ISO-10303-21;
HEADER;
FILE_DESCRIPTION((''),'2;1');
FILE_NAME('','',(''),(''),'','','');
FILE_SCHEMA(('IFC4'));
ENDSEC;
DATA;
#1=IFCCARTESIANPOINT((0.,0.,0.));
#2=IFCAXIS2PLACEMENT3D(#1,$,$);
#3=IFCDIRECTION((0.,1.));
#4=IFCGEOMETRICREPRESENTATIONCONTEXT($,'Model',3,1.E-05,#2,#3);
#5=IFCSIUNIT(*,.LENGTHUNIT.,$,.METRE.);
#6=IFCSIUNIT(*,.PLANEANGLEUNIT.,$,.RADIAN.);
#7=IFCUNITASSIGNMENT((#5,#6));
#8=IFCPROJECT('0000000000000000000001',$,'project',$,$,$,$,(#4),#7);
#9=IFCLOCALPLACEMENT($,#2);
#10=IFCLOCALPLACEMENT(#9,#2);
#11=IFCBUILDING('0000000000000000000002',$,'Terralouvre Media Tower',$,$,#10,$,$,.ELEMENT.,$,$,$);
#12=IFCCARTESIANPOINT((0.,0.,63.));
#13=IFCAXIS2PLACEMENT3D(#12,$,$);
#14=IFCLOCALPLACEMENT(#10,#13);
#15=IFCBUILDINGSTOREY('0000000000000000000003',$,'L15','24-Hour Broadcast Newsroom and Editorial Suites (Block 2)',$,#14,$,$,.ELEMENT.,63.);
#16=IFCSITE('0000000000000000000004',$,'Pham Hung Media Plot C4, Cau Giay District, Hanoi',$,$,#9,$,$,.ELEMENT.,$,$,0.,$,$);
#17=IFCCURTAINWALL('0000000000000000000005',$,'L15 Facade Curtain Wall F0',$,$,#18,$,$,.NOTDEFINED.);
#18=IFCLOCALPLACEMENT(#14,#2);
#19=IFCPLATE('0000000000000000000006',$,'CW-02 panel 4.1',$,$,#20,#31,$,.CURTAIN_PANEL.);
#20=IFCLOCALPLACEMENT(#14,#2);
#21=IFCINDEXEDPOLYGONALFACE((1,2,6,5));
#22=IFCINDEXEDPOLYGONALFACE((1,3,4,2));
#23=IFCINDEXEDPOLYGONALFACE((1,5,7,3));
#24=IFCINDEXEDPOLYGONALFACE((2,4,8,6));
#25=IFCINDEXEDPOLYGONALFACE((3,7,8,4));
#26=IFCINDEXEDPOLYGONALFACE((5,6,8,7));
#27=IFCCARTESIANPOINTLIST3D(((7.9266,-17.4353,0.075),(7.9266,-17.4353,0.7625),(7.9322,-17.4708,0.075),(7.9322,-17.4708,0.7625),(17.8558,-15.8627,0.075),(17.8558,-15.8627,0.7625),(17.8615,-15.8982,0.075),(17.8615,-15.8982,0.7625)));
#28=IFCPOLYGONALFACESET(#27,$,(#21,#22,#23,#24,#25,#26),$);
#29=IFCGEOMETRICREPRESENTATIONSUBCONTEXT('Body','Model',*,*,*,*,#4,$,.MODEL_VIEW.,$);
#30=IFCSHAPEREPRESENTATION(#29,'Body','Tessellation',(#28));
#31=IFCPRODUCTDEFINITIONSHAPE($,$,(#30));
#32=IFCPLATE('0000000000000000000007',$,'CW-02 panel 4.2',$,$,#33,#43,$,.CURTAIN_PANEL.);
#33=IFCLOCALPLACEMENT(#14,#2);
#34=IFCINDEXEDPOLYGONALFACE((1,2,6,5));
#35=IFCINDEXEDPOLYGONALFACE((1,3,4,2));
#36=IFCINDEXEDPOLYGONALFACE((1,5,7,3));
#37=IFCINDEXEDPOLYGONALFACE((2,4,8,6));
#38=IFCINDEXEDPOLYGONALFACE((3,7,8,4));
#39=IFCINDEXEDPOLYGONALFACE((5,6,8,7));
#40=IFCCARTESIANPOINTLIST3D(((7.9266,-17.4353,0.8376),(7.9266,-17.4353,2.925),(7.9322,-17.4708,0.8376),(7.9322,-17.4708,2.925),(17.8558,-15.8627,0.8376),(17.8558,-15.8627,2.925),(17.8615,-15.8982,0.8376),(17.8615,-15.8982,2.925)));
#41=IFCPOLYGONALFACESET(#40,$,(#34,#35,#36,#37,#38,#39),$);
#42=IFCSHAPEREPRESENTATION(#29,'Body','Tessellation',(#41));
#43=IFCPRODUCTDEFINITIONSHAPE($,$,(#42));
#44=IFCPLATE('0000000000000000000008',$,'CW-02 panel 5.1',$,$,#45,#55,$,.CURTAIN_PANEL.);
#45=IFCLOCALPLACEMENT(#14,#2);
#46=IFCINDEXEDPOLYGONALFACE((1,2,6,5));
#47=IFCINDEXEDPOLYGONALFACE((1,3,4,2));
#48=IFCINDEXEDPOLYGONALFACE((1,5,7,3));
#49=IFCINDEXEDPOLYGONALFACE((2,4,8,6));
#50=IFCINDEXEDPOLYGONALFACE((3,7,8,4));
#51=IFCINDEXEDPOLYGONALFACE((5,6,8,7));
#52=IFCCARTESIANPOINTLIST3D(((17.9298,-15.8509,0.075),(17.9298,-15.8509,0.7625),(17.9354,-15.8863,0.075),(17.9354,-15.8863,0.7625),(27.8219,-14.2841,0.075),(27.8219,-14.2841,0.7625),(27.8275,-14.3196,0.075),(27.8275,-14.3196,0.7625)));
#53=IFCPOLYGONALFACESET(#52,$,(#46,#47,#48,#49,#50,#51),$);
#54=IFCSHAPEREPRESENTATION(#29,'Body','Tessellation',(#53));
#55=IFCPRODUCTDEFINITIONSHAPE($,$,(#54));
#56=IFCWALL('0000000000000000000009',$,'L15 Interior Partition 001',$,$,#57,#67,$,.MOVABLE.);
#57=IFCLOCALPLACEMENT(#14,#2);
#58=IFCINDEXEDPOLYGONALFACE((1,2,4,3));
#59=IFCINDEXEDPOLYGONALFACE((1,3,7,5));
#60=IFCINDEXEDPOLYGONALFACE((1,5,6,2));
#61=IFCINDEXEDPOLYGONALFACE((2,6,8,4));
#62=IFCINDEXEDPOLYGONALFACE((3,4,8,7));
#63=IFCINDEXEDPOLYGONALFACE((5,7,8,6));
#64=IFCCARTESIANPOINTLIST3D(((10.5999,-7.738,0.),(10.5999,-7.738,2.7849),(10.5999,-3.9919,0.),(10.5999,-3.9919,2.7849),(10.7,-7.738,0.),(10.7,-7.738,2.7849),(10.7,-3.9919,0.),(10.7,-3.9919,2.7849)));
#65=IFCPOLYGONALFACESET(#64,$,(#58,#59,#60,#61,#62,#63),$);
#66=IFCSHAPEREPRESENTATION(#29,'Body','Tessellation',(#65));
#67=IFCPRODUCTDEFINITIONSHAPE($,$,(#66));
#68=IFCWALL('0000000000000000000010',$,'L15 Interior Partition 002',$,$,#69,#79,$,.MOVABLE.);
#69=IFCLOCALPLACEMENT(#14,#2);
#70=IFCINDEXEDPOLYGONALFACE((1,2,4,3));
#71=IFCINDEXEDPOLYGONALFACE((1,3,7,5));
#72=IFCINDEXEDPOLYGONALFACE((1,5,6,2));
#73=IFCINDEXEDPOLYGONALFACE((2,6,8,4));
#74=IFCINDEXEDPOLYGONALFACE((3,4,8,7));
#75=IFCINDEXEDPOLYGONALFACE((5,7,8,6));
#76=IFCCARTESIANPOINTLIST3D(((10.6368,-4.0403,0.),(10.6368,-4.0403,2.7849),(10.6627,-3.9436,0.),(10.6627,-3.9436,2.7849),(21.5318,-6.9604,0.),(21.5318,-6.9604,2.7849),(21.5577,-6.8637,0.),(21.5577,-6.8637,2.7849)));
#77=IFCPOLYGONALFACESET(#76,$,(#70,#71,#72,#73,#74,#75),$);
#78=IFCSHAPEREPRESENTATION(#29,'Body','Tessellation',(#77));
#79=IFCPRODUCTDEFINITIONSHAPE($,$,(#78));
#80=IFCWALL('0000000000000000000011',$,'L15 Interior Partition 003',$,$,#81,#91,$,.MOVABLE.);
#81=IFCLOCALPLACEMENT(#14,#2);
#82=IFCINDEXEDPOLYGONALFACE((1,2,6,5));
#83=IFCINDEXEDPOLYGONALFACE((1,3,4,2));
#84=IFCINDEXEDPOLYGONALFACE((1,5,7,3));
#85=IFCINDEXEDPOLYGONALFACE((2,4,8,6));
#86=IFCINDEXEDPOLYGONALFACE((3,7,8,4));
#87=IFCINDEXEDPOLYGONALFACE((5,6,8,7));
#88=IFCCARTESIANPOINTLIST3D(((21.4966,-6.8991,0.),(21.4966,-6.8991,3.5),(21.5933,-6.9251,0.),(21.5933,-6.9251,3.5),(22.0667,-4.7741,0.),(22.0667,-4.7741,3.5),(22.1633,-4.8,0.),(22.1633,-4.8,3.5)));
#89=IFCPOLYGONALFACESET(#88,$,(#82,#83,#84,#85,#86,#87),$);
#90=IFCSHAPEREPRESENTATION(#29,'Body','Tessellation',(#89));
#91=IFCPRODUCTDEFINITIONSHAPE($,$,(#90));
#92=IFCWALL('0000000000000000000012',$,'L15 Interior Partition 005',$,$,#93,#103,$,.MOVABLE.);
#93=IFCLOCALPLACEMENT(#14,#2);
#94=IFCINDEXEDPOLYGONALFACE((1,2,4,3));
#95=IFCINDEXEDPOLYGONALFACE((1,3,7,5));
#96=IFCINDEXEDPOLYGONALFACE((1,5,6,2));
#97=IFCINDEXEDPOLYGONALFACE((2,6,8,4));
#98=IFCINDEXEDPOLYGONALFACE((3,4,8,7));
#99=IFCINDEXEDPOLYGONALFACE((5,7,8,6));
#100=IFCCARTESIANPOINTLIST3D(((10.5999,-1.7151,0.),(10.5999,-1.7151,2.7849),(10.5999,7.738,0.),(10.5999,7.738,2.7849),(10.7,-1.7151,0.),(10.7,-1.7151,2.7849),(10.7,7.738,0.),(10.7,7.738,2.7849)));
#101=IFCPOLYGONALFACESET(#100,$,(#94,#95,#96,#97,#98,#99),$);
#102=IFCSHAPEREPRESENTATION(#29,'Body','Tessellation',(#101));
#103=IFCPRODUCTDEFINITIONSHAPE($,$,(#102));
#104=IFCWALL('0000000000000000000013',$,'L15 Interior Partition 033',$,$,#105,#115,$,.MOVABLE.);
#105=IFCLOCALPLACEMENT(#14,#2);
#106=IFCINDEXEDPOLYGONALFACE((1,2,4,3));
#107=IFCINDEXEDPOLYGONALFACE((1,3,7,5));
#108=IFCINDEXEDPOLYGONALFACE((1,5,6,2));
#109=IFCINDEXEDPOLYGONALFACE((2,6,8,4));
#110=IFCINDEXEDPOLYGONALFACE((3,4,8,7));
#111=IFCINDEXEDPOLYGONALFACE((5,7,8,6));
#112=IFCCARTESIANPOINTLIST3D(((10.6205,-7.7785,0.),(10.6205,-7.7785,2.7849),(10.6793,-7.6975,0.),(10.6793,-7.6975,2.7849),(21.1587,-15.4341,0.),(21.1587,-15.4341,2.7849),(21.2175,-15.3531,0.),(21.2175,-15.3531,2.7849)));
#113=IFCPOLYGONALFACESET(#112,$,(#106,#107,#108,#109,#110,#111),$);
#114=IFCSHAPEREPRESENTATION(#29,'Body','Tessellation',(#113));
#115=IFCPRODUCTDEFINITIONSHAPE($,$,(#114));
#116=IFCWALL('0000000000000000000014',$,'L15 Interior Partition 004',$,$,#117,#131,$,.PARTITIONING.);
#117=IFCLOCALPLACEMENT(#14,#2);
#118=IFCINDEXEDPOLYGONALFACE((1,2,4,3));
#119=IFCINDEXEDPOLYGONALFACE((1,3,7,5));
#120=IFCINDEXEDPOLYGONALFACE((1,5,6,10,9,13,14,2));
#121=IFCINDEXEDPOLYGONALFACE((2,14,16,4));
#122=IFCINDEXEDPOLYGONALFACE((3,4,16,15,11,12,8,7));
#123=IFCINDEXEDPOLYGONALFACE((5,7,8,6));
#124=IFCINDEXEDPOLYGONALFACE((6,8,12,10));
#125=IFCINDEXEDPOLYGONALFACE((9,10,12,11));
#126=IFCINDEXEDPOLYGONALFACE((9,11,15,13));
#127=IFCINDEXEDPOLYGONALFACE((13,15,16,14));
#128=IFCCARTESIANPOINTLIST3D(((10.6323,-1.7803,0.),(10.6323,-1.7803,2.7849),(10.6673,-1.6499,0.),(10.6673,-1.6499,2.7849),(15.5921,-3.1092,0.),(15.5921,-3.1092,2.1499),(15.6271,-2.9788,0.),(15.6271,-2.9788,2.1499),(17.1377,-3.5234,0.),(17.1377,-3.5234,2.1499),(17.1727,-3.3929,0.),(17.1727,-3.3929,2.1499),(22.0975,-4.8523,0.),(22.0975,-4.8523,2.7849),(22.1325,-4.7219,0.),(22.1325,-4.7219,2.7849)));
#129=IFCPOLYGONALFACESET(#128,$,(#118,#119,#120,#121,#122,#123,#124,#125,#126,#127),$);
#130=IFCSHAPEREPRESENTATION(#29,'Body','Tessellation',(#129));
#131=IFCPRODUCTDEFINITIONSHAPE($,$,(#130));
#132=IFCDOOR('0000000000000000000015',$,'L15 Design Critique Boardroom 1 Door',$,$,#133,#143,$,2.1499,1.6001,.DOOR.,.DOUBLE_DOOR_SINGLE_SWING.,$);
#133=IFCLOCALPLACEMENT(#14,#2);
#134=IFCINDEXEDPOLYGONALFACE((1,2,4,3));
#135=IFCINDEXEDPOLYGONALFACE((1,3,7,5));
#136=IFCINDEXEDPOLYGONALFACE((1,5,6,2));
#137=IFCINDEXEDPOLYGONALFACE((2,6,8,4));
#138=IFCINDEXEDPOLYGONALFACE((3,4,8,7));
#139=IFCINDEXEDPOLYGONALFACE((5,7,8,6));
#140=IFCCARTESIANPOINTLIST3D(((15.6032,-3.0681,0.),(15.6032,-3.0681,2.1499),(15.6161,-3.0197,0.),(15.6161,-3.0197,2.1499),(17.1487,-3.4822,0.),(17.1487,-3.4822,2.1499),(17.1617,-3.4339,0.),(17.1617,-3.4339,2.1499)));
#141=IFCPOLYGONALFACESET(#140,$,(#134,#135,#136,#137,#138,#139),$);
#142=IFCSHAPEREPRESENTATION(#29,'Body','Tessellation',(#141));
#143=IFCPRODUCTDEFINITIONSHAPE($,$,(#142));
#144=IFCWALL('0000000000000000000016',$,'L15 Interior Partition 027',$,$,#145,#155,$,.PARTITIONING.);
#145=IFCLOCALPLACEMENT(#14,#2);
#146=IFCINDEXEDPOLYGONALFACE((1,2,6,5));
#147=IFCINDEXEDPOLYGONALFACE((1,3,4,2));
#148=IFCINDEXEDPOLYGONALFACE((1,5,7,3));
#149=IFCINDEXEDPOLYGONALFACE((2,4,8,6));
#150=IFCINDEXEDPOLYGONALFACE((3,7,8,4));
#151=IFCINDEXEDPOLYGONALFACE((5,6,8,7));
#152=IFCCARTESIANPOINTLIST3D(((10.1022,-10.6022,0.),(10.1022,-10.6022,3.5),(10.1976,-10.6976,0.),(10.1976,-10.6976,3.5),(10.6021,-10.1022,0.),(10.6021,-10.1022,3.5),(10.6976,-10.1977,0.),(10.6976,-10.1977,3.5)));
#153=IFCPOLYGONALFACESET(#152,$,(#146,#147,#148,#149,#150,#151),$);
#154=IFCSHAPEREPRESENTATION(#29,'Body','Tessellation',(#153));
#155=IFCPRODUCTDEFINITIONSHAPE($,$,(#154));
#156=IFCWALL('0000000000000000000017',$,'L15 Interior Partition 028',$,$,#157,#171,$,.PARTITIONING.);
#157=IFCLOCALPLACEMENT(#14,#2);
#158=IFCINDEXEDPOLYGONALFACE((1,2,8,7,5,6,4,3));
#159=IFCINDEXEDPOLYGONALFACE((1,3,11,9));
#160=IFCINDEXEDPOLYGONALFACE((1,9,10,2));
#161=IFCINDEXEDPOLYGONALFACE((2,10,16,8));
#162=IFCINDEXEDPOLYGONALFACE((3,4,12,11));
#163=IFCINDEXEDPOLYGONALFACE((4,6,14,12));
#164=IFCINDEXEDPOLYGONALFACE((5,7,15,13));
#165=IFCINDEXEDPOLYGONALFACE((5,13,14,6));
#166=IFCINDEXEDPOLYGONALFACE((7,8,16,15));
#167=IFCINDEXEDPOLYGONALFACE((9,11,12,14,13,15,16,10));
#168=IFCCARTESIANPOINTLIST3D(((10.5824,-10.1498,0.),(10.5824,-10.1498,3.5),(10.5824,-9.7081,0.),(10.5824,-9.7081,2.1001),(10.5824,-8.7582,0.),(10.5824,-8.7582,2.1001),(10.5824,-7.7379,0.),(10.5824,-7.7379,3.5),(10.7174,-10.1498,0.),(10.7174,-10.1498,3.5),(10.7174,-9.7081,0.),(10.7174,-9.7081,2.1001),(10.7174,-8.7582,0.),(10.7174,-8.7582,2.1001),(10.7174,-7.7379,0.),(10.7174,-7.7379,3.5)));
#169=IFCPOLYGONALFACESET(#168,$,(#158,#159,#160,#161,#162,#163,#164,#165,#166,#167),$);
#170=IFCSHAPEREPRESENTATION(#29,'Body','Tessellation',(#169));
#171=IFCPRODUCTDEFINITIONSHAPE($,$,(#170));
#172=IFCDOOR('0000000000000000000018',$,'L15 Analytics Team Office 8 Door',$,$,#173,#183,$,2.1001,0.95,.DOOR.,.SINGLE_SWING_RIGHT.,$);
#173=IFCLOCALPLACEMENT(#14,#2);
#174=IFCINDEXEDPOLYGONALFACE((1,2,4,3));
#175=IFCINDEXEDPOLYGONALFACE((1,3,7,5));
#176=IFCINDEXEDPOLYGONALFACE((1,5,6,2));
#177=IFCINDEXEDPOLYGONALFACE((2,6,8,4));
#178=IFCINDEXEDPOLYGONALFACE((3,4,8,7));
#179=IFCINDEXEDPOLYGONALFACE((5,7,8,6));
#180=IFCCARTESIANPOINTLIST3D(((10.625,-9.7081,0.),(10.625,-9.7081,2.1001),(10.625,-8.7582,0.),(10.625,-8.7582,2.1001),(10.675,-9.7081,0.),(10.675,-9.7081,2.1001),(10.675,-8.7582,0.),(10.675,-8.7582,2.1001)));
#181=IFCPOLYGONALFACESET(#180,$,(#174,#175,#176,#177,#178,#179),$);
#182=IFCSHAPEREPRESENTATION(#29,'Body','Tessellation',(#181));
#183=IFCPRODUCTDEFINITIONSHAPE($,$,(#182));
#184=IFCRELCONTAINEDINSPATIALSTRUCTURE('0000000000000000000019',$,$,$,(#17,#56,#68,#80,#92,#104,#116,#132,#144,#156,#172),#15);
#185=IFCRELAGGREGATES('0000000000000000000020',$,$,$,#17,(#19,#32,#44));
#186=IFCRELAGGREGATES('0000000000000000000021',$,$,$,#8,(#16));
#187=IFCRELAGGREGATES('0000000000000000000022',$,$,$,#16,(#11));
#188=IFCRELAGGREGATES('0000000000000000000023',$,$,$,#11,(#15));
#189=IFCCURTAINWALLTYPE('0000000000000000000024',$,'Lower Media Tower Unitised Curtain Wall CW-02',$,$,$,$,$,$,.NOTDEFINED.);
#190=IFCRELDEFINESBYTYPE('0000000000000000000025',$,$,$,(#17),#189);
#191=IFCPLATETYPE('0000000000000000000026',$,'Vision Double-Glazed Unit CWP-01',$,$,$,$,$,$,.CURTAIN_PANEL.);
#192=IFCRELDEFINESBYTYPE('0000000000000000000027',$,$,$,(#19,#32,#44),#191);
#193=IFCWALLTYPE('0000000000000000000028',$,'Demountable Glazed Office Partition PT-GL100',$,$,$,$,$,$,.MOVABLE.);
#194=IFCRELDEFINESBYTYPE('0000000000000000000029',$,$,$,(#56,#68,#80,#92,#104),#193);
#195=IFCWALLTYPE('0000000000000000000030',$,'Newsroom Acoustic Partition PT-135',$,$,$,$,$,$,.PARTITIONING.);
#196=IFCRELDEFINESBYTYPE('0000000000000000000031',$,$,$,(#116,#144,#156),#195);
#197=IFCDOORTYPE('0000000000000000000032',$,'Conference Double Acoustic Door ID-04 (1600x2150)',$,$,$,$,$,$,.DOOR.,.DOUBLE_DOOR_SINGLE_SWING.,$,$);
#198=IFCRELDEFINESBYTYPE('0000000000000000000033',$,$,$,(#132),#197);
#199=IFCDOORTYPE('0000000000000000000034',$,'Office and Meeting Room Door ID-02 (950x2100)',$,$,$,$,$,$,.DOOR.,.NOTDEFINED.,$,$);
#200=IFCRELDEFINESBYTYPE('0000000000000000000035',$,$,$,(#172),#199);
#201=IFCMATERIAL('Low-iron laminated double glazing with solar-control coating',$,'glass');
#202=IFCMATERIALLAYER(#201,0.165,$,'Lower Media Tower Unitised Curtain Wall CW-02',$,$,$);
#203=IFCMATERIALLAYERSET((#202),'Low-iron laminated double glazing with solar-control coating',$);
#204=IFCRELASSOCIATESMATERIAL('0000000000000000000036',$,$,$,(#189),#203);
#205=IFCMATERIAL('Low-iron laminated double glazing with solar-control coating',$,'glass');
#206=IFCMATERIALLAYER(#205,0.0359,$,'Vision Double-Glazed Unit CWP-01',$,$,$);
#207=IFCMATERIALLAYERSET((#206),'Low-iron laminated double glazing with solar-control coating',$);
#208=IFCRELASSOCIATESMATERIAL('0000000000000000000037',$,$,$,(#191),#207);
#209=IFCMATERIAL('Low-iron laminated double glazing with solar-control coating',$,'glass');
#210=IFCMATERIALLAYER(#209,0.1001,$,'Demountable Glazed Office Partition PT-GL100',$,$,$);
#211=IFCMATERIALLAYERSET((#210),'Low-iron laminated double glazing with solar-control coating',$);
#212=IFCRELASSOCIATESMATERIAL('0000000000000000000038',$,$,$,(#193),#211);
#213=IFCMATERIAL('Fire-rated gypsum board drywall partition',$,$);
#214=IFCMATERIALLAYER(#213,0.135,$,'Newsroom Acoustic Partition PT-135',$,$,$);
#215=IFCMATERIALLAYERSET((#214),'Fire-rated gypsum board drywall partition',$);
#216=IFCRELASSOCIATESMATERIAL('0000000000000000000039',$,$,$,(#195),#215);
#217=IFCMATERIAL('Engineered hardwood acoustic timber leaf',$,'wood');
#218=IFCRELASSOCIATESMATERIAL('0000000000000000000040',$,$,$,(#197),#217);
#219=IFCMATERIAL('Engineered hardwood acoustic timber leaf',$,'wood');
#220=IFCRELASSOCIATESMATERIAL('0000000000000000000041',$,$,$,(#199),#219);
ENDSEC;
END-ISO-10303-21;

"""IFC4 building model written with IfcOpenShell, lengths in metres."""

from ifc_helpers import new_model, si_unit, direction, frame, frame_2d, origin, origin_2d, place, context, subcontext, project, spatial, rectangle, extrude, material, layer, layer_set, type_object, element, fill, aggregate, save


model = new_model("IFC4")

# Units and contexts
model_context = context("Model", 3, precision=1e-05, world=origin(), true_north=direction((0.0, 1.0)))
body_context = subcontext(model_context, "Body", "Model", "MODEL_VIEW")
ifc_project = project(units=[si_unit("LENGTHUNIT", "METRE"), si_unit("PLANEANGLEUNIT", "RADIAN")], contexts=[model_context])

# Site, building, storey
site_placement = place(None, origin())
site = spatial("IfcSite", under=ifc_project, at=site_placement, Name="Pham Hung Media Plot C4, Cau Giay District, Hanoi", CompositionType="ELEMENT", RefElevation=0.0)
building_placement = place(site_placement, origin())
building = spatial("IfcBuilding", under=site, at=building_placement, Name="Terralouvre Media Tower", CompositionType="ELEMENT")
storey_placement = place(building_placement, frame((0.0, 0.0, 63.0)))
storey = spatial("IfcBuildingStorey", under=building, at=storey_placement, Name="L15", Description="24-Hour Broadcast Newsroom and Editorial Suites (Block 2)", CompositionType="ELEMENT", Elevation=63.0)

# Curtain wall
ifc_material_1 = material(Name="Low-iron laminated double glazing with solar-control coating", Category="glass")
ifc_layer_1 = layer(ifc_material_1, 0.165, Name="Lower Media Tower Unitised Curtain Wall CW-02")
ifc_layer_set_1 = layer_set([ifc_layer_1], Name="Low-iron laminated double glazing with solar-control coating")
curtain_wall_type = type_object("IfcCurtainWallType", Name="Lower Media Tower Unitised Curtain Wall CW-02", PredefinedType="NOTDEFINED", material=ifc_layer_set_1)
curtain_wall_placement = place(storey_placement, origin())
curtain_wall = element("IfcCurtainWall", 1, at=curtain_wall_placement, inside=storey, type_object=curtain_wall_type, Name="L15 Facade Curtain Wall F0", PredefinedType="NOTDEFINED")

# Plates
ifc_material_2 = material(Name="Low-iron laminated double glazing with solar-control coating", Category="glass")
ifc_layer_2 = layer(ifc_material_2, 0.0359, Name="Vision Double-Glazed Unit CWP-01")
ifc_layer_set_2 = layer_set([ifc_layer_2], Name="Low-iron laminated double glazing with solar-control coating")
plate_type = type_object("IfcPlateType", Name="Vision Double-Glazed Unit CWP-01", PredefinedType="CURTAIN_PANEL", material=ifc_layer_set_2)
plate_1_placement = place(storey_placement, frame((12.894, -16.6667, 0.075), z_axis=(0.0, 0.0, 1.0), x_axis=(0.987688, 0.156434, 0.0)))
plate_1 = element("IfcPlate", 2, at=plate_1_placement, type_object=plate_type, Name="CW-02 panel 4.1", PredefinedType="CURTAIN_PANEL", context=body_context, shape_type="SweptSolid", body=[
    extrude(rectangle(XDim=10.053, YDim=0.0359, at=origin_2d()), origin(), (0.0, 0.0, 1.0), 0.6875),
])
plate_2_placement = place(storey_placement, frame((12.894, -16.6667, 0.8376), z_axis=(0.0, 0.0, 1.0), x_axis=(0.987688, 0.156434, 0.0)))
plate_2 = element("IfcPlate", 3, at=plate_2_placement, type_object=plate_type, Name="CW-02 panel 4.2", PredefinedType="CURTAIN_PANEL", context=body_context, shape_type="SweptSolid", body=[
    extrude(rectangle(XDim=10.053, YDim=0.0359, at=origin_2d()), origin(), (0.0, 0.0, 1.0), 2.0874),
])
plate_3_placement = place(storey_placement, frame((22.8787, -15.0852, 0.075), z_axis=(0.0, 0.0, 1.0), x_axis=(0.987688, 0.156434, 0.0)))
plate_3 = element("IfcPlate", 4, at=plate_3_placement, type_object=plate_type, Name="CW-02 panel 5.1", PredefinedType="CURTAIN_PANEL", context=body_context, shape_type="SweptSolid", body=[
    extrude(rectangle(XDim=10.0154, YDim=0.0359, at=origin_2d()), origin(), (0.0, 0.0, 1.0), 0.6875),
])
aggregate(curtain_wall, [plate_1, plate_2, plate_3])

# Walls
ifc_material_3 = material(Name="Low-iron laminated double glazing with solar-control coating", Category="glass")
ifc_layer_3 = layer(ifc_material_3, 0.1001, Name="Demountable Glazed Office Partition PT-GL100")
ifc_layer_set_3 = layer_set([ifc_layer_3], Name="Low-iron laminated double glazing with solar-control coating")
wall_type_1 = type_object("IfcWallType", Name="Demountable Glazed Office Partition PT-GL100", PredefinedType="MOVABLE", material=ifc_layer_set_3)
wall_1_placement = place(storey_placement, frame((10.6499, -7.738, 0.0), z_axis=(0.0, 0.0, 1.0), x_axis=(0.0, 1.0, 0.0)))
element("IfcWall", 5, at=wall_1_placement, inside=storey, type_object=wall_type_1, Name="L15 Interior Partition 001", PredefinedType="MOVABLE", context=body_context, shape_type="SweptSolid", body=[
    extrude(rectangle(XDim=3.7461, YDim=0.1001, at=frame_2d((1.873, 0.0))), origin(), (0.0, 0.0, 1.0), 2.7849),
])
wall_2_placement = place(storey_placement, frame((10.6499, -3.9919, 0.0), z_axis=(0.0, 0.0, 1.0), x_axis=(0.965907, -0.25889, 0.0)))
element("IfcWall", 6, at=wall_2_placement, inside=storey, type_object=wall_type_1, Name="L15 Interior Partition 002", PredefinedType="MOVABLE", context=body_context, shape_type="SweptSolid", body=[
    extrude(rectangle(XDim=11.2795, YDim=0.1001, at=frame_2d((5.6396, 0.0))), origin(), (0.0, 0.0, 1.0), 2.7849),
])
wall_3_placement = place(storey_placement, frame((21.5449, -6.9121, 0.0), z_axis=(0.0, 0.0, 1.0), x_axis=(0.259106, 0.965849, 0.0)))
element("IfcWall", 7, at=wall_3_placement, inside=storey, type_object=wall_type_1, Name="L15 Interior Partition 003", PredefinedType="MOVABLE", context=body_context, shape_type="SweptSolid", body=[
    extrude(rectangle(XDim=2.2002, YDim=0.1001, at=frame_2d((1.1001, 0.0))), origin(), (0.0, 0.0, 1.0), 3.5),
])
wall_4_placement = place(storey_placement, frame((10.6499, -1.7151, 0.0), z_axis=(0.0, 0.0, 1.0), x_axis=(0.0, 1.0, 0.0)))
element("IfcWall", 8, at=wall_4_placement, inside=storey, type_object=wall_type_1, Name="L15 Interior Partition 005", PredefinedType="MOVABLE", context=body_context, shape_type="SweptSolid", body=[
    extrude(rectangle(XDim=9.4531, YDim=0.1001, at=frame_2d((4.7266, 0.0))), origin(), (0.0, 0.0, 1.0), 2.7849),
])
wall_5_placement = place(storey_placement, frame((10.6499, -7.738, 0.0), z_axis=(0.0, 0.0, 1.0), x_axis=(0.809048, -0.587743, 0.0)))
element("IfcWall", 9, at=wall_5_placement, inside=storey, type_object=wall_type_1, Name="L15 Interior Partition 033", PredefinedType="MOVABLE", context=body_context, shape_type="SweptSolid", body=[
    extrude(rectangle(XDim=13.0254, YDim=0.1001, at=frame_2d((6.5127, 0.0))), origin(), (0.0, 0.0, 1.0), 2.7849),
])

# Wall, opening, door
ifc_material_4 = material(Name="Fire-rated gypsum board drywall partition")
ifc_layer_4 = layer(ifc_material_4, 0.135, Name="Newsroom Acoustic Partition PT-135")
ifc_layer_set_4 = layer_set([ifc_layer_4], Name="Fire-rated gypsum board drywall partition")
wall_type_2 = type_object("IfcWallType", Name="Newsroom Acoustic Partition PT-135", PredefinedType="PARTITIONING", material=ifc_layer_set_4)
wall_6_placement = place(storey_placement, frame((22.115, -4.7871, 0.0), z_axis=(0.0, 0.0, 1.0), x_axis=(-0.965927, 0.258816, 0.0)))
wall_6 = element("IfcWall", 10, at=wall_6_placement, inside=storey, type_object=wall_type_2, Name="L15 Interior Partition 004", PredefinedType="PARTITIONING", context=body_context, shape_type="SweptSolid", body=[
    extrude(rectangle(XDim=11.8696, YDim=0.135, at=frame_2d((5.9348, 0.0))), origin(), (0.0, 0.0, 1.0), 2.7849),
])
opening_1_placement = place(wall_6_placement, frame((5.1348, 0.0, 0.0)))
opening_1 = element("IfcOpeningElement", 11, at=opening_1_placement, cuts=wall_6, PredefinedType="OPENING", context=body_context, shape_type="SweptSolid", body=[
    extrude(rectangle(XDim=1.6001, YDim=2.1499, at=frame_2d((0.8, 1.075))), frame((0.0, 0.0774, 0.0), z_axis=(0.0, -1.0, 0.0), x_axis=(1.0, 0.0, 0.0)), (0.0, 0.0, 1.0), 0.155),
])
ifc_material_5 = material(Name="Engineered hardwood acoustic timber leaf", Category="wood")
door_type_1 = type_object("IfcDoorType", Name="Conference Double Acoustic Door ID-04 (1600x2150)", OperationType="DOUBLE_DOOR_SINGLE_SWING", PredefinedType="DOOR", material=ifc_material_5)
door_1_placement = place(opening_1_placement, origin())
door_1 = element("IfcDoor", 12, at=door_1_placement, inside=storey, type_object=door_type_1, Name="L15 Design Critique Boardroom 1 Door", OperationType="DOUBLE_DOOR_SINGLE_SWING", OverallHeight=2.1499, OverallWidth=1.6001, PredefinedType="DOOR", context=body_context, shape_type="SweptSolid", body=[
    extrude(rectangle(XDim=1.6001, YDim=2.1499, at=frame_2d((0.8, 1.075))), frame((0.0, 0.0249, 0.0), z_axis=(0.0, -1.0, 0.0), x_axis=(1.0, 0.0, 0.0)), (0.0, 0.0, 1.0), 0.05),
])
fill(opening_1, door_1)

# Wall
wall_7_placement = place(storey_placement, frame((10.1499, -10.6499, 0.0), z_axis=(0.0, 0.0, 1.0), x_axis=(0.707107, 0.707107, 0.0)))
element("IfcWall", 13, at=wall_7_placement, inside=storey, type_object=wall_type_2, Name="L15 Interior Partition 027", PredefinedType="PARTITIONING", context=body_context, shape_type="SweptSolid", body=[
    extrude(rectangle(XDim=0.707, YDim=0.135, at=frame_2d((0.3535, 0.0))), origin(), (0.0, 0.0, 1.0), 3.5),
])

# Wall, opening, door
wall_8_placement = place(storey_placement, frame((10.6499, -10.1499, 0.0), z_axis=(0.0, 0.0, 1.0), x_axis=(0.0, 1.0, 0.0)))
wall_8 = element("IfcWall", 14, at=wall_8_placement, inside=storey, type_object=wall_type_2, Name="L15 Interior Partition 028", PredefinedType="PARTITIONING", context=body_context, shape_type="SweptSolid", body=[
    extrude(rectangle(XDim=2.4119, YDim=0.135, at=frame_2d((1.2061, 0.0))), origin(), (0.0, 0.0, 1.0), 3.5),
])
opening_2_placement = place(wall_8_placement, frame((0.4417, 0.0, 0.0)))
opening_2 = element("IfcOpeningElement", 15, at=opening_2_placement, cuts=wall_8, PredefinedType="OPENING", context=body_context, shape_type="SweptSolid", body=[
    extrude(rectangle(XDim=0.95, YDim=2.1001, at=frame_2d((0.4751, 1.05))), frame((0.0, 0.0774, 0.0), z_axis=(0.0, -1.0, 0.0), x_axis=(1.0, 0.0, 0.0)), (0.0, 0.0, 1.0), 0.155),
])
ifc_material_6 = material(Name="Engineered hardwood acoustic timber leaf", Category="wood")
door_type_2 = type_object("IfcDoorType", Name="Office and Meeting Room Door ID-02 (950x2100)", OperationType="NOTDEFINED", PredefinedType="DOOR", material=ifc_material_6)
door_2_placement = place(opening_2_placement, origin())
door_2 = element("IfcDoor", 16, at=door_2_placement, inside=storey, type_object=door_type_2, Name="L15 Analytics Team Office 8 Door", OperationType="SINGLE_SWING_RIGHT", OverallHeight=2.1001, OverallWidth=0.95, PredefinedType="DOOR", context=body_context, shape_type="SweptSolid", body=[
    extrude(rectangle(XDim=0.95, YDim=2.1001, at=frame_2d((0.4751, 1.05))), frame((0.0, 0.0249, 0.0), z_axis=(0.0, -1.0, 0.0), x_axis=(1.0, 0.0, 0.0)), (0.0, 0.0, 1.0), 0.05),
])
fill(opening_2, door_2)

save(model, "model.ifc")
